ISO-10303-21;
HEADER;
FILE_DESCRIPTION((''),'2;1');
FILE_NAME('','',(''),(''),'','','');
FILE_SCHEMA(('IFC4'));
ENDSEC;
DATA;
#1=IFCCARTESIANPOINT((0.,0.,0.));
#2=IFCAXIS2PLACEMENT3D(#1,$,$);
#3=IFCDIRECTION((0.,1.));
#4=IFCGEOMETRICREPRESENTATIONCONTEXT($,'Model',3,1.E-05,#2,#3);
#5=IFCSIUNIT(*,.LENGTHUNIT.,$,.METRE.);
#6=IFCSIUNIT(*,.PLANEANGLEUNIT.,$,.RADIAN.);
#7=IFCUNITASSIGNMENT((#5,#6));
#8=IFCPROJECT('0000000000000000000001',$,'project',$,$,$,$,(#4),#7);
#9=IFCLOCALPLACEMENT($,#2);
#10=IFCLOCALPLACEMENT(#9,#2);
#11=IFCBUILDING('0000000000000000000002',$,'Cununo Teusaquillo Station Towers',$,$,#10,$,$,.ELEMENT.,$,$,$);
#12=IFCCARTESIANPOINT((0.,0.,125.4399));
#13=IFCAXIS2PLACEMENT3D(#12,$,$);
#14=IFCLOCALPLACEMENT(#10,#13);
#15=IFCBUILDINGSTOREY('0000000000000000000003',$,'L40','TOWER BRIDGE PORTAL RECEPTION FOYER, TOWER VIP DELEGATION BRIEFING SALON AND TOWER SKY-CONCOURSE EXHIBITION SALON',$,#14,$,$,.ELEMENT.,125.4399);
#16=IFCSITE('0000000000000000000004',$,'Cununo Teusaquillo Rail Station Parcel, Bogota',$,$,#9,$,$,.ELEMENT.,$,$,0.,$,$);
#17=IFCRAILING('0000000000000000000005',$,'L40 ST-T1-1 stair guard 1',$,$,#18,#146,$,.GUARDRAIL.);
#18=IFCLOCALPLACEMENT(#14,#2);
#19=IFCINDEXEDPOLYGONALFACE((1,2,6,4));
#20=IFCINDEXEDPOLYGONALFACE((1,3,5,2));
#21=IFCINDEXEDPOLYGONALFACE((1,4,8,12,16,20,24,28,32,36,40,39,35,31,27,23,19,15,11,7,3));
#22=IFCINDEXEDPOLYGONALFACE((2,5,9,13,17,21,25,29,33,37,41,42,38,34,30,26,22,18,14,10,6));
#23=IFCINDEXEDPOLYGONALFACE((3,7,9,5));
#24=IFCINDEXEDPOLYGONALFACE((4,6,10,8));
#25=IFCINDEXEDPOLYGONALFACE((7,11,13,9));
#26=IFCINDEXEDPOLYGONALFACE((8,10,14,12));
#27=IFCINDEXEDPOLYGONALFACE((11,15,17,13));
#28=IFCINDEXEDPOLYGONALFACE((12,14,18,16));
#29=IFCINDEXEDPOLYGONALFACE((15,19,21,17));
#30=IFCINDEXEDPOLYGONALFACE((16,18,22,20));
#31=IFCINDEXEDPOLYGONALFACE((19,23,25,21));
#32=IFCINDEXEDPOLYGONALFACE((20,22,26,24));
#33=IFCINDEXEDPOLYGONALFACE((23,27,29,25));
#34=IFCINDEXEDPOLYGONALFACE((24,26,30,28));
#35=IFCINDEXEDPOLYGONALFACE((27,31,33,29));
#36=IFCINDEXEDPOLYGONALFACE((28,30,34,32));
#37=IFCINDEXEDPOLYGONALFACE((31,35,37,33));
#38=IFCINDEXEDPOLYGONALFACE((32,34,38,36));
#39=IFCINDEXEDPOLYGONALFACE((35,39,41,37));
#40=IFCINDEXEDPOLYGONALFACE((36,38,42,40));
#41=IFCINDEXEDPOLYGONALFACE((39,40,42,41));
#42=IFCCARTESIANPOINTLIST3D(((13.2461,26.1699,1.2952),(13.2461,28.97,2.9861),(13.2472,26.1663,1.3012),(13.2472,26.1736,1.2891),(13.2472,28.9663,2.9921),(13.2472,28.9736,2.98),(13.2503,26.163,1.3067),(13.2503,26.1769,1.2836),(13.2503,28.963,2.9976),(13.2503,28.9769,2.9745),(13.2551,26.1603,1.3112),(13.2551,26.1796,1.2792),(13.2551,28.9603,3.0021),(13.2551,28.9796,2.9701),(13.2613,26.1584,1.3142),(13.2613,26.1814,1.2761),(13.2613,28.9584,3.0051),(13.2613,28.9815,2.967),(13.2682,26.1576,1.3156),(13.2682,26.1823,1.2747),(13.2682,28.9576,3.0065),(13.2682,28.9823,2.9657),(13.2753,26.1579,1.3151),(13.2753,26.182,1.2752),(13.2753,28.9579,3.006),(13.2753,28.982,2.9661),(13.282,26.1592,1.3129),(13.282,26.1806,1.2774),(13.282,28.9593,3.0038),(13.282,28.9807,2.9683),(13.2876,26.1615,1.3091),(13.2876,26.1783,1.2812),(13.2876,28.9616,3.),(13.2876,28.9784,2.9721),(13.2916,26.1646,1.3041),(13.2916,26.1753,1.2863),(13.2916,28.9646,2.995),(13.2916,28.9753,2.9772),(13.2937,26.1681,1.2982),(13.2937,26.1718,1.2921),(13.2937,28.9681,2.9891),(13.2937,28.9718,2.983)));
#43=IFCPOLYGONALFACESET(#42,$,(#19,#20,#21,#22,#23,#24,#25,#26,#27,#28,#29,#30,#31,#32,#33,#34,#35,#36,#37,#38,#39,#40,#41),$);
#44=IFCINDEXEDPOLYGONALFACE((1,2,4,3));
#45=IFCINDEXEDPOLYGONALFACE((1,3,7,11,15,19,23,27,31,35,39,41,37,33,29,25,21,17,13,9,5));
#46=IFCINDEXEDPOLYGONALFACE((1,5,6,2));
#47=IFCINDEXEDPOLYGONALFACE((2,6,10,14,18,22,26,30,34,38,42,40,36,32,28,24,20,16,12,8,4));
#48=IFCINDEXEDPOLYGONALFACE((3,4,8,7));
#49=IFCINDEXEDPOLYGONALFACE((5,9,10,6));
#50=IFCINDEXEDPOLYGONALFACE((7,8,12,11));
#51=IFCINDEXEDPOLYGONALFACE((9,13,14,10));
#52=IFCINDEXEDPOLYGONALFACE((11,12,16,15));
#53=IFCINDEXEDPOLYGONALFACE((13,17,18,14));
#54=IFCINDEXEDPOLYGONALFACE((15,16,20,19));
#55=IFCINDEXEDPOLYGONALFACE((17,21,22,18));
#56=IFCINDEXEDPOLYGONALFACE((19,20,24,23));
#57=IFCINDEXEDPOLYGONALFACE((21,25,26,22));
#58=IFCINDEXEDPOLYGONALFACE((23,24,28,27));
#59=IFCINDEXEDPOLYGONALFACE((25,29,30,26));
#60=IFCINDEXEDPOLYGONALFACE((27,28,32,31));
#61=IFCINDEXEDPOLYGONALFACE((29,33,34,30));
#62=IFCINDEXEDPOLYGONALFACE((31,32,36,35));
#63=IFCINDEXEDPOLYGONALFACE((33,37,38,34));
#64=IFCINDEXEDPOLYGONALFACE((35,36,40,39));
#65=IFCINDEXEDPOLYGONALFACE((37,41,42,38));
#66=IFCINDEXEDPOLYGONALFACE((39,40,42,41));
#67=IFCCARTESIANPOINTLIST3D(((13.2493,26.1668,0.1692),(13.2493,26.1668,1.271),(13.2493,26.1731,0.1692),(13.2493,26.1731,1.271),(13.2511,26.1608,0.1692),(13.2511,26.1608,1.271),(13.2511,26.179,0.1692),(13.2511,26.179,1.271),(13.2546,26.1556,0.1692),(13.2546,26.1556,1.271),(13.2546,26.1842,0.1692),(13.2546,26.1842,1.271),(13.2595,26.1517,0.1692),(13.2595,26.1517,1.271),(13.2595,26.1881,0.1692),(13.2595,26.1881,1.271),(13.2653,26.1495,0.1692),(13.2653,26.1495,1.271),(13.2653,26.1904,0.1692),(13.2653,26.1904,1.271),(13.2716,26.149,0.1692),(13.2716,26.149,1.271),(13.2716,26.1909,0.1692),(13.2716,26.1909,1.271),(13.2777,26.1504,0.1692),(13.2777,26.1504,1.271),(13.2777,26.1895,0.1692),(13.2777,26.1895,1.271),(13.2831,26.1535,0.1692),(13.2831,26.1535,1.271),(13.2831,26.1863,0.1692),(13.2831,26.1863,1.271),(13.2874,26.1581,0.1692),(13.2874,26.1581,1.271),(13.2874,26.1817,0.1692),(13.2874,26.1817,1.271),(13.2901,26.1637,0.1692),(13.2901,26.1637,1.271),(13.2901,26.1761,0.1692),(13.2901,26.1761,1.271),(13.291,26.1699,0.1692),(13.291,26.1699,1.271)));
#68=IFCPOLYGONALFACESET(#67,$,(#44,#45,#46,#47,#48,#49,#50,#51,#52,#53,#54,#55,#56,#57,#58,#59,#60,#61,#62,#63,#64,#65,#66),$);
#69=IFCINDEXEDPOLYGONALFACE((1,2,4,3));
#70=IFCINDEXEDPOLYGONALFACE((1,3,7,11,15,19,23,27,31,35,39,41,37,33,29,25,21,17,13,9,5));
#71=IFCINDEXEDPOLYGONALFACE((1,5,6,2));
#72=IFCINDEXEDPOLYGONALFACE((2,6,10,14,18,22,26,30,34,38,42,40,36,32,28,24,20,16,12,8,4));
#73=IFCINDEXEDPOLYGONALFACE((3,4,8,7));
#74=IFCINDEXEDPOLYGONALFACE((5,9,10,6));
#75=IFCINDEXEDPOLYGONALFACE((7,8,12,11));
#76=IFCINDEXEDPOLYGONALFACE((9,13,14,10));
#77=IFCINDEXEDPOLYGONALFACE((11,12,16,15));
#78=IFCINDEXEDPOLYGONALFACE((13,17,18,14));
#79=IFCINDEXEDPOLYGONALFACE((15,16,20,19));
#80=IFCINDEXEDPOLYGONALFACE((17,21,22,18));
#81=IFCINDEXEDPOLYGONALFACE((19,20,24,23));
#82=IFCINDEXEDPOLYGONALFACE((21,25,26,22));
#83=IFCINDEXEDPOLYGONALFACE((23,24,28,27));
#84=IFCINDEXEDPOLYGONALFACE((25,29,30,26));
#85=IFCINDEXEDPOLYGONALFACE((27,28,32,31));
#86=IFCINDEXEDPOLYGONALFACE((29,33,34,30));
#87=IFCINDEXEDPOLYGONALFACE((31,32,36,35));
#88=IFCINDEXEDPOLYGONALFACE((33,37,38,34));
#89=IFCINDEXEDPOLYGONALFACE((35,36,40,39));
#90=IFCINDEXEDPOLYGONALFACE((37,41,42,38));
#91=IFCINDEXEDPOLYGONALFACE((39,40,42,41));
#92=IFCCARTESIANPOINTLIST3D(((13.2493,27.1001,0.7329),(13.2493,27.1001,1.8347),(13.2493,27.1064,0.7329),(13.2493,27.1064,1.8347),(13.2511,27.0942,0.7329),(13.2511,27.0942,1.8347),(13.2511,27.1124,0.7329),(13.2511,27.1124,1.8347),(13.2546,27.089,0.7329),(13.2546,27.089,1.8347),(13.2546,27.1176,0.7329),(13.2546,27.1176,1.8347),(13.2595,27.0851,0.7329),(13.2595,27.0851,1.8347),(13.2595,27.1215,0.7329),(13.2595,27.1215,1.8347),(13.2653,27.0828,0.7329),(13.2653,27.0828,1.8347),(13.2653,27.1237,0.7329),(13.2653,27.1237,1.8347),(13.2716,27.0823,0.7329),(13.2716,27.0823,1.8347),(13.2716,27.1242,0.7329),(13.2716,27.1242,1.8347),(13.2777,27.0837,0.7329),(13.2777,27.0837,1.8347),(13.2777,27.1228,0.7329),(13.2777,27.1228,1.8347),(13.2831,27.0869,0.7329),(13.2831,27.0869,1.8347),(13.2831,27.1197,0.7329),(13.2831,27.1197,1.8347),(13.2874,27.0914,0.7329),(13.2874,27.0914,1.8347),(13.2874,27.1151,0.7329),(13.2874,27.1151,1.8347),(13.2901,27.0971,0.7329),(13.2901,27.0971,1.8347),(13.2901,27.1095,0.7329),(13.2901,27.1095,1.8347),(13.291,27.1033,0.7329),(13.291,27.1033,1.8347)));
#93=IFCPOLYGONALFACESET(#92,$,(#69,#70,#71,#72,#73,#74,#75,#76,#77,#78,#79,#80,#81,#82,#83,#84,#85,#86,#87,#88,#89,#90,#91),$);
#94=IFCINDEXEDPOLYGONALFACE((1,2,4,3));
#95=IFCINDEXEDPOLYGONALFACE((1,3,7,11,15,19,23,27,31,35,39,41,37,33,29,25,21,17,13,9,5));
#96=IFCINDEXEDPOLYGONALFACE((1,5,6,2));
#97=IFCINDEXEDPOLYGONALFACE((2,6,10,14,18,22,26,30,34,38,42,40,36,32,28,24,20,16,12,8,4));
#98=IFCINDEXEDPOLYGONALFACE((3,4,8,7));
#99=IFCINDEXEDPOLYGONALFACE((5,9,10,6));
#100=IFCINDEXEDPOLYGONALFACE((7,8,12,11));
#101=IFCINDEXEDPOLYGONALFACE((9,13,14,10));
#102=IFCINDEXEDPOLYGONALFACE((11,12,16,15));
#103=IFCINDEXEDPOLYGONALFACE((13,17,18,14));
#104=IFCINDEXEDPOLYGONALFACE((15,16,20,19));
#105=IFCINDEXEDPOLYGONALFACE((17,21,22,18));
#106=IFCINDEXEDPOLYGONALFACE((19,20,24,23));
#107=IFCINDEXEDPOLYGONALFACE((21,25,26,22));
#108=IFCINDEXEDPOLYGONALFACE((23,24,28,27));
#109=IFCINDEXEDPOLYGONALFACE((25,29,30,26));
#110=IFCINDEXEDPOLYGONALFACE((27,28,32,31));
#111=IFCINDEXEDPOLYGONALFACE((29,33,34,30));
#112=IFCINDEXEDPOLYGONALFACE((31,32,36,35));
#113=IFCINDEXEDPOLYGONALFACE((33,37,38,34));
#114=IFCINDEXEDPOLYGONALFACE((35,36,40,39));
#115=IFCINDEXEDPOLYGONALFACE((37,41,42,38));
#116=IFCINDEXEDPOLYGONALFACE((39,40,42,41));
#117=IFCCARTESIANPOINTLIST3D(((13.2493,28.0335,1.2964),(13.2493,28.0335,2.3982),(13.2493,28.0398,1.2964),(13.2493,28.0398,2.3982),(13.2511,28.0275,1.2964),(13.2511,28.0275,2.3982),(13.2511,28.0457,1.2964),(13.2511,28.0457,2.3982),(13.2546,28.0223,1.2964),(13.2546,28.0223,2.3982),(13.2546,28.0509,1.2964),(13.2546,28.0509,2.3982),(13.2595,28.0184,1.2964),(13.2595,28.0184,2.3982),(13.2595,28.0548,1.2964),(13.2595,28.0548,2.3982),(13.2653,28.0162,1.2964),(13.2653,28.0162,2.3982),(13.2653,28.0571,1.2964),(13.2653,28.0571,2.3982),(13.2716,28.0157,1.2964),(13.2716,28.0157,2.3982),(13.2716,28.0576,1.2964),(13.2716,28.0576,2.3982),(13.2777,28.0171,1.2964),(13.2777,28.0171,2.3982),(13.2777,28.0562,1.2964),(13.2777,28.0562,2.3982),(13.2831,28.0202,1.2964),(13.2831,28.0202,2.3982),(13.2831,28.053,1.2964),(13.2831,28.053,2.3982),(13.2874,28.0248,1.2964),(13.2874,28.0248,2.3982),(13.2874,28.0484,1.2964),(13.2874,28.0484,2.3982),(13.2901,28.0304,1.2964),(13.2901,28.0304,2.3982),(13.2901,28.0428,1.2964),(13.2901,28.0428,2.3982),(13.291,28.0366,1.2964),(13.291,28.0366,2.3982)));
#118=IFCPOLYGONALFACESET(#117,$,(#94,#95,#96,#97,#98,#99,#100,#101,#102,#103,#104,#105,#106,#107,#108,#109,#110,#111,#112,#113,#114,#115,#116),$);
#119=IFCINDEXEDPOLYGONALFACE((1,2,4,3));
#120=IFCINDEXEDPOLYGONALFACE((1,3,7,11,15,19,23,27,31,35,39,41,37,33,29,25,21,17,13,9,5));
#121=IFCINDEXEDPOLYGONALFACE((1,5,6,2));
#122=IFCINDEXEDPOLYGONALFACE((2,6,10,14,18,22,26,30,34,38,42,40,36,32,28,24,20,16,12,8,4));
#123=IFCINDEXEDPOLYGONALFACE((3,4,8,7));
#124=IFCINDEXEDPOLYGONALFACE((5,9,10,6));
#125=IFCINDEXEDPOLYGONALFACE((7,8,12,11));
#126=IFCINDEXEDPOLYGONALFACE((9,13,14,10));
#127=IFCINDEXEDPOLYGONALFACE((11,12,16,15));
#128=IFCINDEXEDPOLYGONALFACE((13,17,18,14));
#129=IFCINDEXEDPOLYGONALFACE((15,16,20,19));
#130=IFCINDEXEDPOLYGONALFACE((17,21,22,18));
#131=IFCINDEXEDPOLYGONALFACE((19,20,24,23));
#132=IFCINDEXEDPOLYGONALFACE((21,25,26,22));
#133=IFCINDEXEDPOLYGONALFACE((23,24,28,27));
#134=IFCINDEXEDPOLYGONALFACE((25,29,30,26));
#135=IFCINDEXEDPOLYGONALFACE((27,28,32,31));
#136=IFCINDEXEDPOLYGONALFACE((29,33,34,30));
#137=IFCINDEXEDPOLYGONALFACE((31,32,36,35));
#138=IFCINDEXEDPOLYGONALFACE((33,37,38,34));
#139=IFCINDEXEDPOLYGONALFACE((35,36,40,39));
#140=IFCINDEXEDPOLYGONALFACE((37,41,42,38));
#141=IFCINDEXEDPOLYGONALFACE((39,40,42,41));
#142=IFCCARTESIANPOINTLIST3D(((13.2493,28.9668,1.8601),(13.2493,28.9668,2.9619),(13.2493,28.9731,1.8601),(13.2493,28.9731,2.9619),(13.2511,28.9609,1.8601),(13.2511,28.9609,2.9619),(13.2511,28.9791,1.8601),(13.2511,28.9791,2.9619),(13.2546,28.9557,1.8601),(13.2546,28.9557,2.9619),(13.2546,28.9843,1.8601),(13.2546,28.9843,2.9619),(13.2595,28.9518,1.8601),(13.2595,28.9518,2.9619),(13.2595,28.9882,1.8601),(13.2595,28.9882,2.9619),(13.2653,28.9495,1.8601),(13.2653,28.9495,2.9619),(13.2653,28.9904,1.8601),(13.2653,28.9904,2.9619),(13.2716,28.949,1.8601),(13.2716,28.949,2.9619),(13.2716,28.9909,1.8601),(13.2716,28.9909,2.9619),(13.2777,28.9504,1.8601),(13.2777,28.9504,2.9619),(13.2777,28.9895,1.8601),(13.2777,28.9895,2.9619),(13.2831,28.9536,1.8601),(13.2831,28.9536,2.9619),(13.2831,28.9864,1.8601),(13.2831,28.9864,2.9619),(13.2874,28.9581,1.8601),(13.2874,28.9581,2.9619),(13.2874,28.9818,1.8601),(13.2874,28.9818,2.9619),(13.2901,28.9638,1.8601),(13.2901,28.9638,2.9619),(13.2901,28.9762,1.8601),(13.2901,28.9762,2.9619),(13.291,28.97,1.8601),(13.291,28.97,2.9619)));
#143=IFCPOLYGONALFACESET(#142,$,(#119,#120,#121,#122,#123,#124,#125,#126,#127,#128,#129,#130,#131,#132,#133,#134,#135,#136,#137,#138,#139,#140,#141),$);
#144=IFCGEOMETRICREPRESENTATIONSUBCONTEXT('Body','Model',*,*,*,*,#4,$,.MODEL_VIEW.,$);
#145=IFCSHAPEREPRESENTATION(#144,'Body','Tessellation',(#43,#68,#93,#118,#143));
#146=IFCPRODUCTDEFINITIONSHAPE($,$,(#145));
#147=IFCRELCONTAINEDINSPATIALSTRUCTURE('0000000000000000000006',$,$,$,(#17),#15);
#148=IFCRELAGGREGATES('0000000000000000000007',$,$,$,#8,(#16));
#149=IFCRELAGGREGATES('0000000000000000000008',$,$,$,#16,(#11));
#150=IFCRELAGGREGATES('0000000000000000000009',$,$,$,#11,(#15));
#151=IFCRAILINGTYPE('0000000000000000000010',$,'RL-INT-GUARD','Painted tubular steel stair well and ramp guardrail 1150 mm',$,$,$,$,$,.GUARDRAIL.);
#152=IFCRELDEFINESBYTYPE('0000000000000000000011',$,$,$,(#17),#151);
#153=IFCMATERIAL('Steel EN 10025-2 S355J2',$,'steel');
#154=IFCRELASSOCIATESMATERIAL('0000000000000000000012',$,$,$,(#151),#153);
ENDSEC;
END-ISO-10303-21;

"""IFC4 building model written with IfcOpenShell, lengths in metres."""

from ifc_helpers import new_model, si_unit, direction, frame, origin, origin_2d, place, context, subcontext, project, spatial, circle, extrude, material, type_object, element, save


model = new_model("IFC4")

# Units and contexts
model_context = context("Model", 3, precision=1e-05, world=origin(), true_north=direction((0.0, 1.0)))
body_context = subcontext(model_context, "Body", "Model", "MODEL_VIEW")
ifc_project = project(units=[si_unit("LENGTHUNIT", "METRE"), si_unit("PLANEANGLEUNIT", "RADIAN")], contexts=[model_context])

# Site, building, storey
site_placement = place(None, origin())
site = spatial("IfcSite", under=ifc_project, at=site_placement, Name="Cununo Teusaquillo Rail Station Parcel, Bogota", CompositionType="ELEMENT", RefElevation=0.0)
building_placement = place(site_placement, origin())
building = spatial("IfcBuilding", under=site, at=building_placement, Name="Cununo Teusaquillo Station Towers", CompositionType="ELEMENT")
storey_placement = place(building_placement, frame((0.0, 0.0, 125.4399)))
storey = spatial("IfcBuildingStorey", under=building, at=storey_placement, Name="L40", Description="TOWER BRIDGE PORTAL RECEPTION FOYER, TOWER VIP DELEGATION BRIEFING SALON AND TOWER SKY-CONCOURSE EXHIBITION SALON", CompositionType="ELEMENT", Elevation=125.4399)

# Railing
ifc_material_1 = material(Name="Steel EN 10025-2 S355J2", Category="steel")
railing_type_1 = type_object("IfcRailingType", Name="RL-INT-GUARD", Description="Painted tubular steel stair well and ramp guardrail 1150 mm", PredefinedType="GUARDRAIL", material=ifc_material_1)
railing_1_placement = place(storey_placement, frame((13.27, 26.1699, 0.1692)))
element("IfcRailing", 1, at=railing_1_placement, inside=storey, type_object=railing_type_1, Name="L40 ST-T1-1 stair guard 1", PredefinedType="GUARDRAIL", context=body_context, shape_type="SweptSolid", body=[
    extrude(circle(Radius=0.0239, at=origin_2d()), frame((0.0, 0.0, 1.126), z_axis=(0.0, 0.856021, 0.516941), x_axis=(-1.0, 0.0, 0.0)), (0.0, 0.0, 1.0), 3.271),
    extrude(circle(Radius=0.021, at=origin_2d()), origin(), (0.0, 0.0, 1.0), 1.1018),
    extrude(circle(Radius=0.021, at=origin_2d()), frame((0.0, 0.9333, 0.5637)), (0.0, 0.0, 1.0), 1.1018),
    extrude(circle(Radius=0.021, at=origin_2d()), frame((0.0, 1.8667, 1.1272)), (0.0, 0.0, 1.0), 1.1018),
    extrude(circle(Radius=0.021, at=origin_2d()), frame((0.0, 2.8, 1.6909)), (0.0, 0.0, 1.0), 1.1018),
])

save(model, "model.ifc")
